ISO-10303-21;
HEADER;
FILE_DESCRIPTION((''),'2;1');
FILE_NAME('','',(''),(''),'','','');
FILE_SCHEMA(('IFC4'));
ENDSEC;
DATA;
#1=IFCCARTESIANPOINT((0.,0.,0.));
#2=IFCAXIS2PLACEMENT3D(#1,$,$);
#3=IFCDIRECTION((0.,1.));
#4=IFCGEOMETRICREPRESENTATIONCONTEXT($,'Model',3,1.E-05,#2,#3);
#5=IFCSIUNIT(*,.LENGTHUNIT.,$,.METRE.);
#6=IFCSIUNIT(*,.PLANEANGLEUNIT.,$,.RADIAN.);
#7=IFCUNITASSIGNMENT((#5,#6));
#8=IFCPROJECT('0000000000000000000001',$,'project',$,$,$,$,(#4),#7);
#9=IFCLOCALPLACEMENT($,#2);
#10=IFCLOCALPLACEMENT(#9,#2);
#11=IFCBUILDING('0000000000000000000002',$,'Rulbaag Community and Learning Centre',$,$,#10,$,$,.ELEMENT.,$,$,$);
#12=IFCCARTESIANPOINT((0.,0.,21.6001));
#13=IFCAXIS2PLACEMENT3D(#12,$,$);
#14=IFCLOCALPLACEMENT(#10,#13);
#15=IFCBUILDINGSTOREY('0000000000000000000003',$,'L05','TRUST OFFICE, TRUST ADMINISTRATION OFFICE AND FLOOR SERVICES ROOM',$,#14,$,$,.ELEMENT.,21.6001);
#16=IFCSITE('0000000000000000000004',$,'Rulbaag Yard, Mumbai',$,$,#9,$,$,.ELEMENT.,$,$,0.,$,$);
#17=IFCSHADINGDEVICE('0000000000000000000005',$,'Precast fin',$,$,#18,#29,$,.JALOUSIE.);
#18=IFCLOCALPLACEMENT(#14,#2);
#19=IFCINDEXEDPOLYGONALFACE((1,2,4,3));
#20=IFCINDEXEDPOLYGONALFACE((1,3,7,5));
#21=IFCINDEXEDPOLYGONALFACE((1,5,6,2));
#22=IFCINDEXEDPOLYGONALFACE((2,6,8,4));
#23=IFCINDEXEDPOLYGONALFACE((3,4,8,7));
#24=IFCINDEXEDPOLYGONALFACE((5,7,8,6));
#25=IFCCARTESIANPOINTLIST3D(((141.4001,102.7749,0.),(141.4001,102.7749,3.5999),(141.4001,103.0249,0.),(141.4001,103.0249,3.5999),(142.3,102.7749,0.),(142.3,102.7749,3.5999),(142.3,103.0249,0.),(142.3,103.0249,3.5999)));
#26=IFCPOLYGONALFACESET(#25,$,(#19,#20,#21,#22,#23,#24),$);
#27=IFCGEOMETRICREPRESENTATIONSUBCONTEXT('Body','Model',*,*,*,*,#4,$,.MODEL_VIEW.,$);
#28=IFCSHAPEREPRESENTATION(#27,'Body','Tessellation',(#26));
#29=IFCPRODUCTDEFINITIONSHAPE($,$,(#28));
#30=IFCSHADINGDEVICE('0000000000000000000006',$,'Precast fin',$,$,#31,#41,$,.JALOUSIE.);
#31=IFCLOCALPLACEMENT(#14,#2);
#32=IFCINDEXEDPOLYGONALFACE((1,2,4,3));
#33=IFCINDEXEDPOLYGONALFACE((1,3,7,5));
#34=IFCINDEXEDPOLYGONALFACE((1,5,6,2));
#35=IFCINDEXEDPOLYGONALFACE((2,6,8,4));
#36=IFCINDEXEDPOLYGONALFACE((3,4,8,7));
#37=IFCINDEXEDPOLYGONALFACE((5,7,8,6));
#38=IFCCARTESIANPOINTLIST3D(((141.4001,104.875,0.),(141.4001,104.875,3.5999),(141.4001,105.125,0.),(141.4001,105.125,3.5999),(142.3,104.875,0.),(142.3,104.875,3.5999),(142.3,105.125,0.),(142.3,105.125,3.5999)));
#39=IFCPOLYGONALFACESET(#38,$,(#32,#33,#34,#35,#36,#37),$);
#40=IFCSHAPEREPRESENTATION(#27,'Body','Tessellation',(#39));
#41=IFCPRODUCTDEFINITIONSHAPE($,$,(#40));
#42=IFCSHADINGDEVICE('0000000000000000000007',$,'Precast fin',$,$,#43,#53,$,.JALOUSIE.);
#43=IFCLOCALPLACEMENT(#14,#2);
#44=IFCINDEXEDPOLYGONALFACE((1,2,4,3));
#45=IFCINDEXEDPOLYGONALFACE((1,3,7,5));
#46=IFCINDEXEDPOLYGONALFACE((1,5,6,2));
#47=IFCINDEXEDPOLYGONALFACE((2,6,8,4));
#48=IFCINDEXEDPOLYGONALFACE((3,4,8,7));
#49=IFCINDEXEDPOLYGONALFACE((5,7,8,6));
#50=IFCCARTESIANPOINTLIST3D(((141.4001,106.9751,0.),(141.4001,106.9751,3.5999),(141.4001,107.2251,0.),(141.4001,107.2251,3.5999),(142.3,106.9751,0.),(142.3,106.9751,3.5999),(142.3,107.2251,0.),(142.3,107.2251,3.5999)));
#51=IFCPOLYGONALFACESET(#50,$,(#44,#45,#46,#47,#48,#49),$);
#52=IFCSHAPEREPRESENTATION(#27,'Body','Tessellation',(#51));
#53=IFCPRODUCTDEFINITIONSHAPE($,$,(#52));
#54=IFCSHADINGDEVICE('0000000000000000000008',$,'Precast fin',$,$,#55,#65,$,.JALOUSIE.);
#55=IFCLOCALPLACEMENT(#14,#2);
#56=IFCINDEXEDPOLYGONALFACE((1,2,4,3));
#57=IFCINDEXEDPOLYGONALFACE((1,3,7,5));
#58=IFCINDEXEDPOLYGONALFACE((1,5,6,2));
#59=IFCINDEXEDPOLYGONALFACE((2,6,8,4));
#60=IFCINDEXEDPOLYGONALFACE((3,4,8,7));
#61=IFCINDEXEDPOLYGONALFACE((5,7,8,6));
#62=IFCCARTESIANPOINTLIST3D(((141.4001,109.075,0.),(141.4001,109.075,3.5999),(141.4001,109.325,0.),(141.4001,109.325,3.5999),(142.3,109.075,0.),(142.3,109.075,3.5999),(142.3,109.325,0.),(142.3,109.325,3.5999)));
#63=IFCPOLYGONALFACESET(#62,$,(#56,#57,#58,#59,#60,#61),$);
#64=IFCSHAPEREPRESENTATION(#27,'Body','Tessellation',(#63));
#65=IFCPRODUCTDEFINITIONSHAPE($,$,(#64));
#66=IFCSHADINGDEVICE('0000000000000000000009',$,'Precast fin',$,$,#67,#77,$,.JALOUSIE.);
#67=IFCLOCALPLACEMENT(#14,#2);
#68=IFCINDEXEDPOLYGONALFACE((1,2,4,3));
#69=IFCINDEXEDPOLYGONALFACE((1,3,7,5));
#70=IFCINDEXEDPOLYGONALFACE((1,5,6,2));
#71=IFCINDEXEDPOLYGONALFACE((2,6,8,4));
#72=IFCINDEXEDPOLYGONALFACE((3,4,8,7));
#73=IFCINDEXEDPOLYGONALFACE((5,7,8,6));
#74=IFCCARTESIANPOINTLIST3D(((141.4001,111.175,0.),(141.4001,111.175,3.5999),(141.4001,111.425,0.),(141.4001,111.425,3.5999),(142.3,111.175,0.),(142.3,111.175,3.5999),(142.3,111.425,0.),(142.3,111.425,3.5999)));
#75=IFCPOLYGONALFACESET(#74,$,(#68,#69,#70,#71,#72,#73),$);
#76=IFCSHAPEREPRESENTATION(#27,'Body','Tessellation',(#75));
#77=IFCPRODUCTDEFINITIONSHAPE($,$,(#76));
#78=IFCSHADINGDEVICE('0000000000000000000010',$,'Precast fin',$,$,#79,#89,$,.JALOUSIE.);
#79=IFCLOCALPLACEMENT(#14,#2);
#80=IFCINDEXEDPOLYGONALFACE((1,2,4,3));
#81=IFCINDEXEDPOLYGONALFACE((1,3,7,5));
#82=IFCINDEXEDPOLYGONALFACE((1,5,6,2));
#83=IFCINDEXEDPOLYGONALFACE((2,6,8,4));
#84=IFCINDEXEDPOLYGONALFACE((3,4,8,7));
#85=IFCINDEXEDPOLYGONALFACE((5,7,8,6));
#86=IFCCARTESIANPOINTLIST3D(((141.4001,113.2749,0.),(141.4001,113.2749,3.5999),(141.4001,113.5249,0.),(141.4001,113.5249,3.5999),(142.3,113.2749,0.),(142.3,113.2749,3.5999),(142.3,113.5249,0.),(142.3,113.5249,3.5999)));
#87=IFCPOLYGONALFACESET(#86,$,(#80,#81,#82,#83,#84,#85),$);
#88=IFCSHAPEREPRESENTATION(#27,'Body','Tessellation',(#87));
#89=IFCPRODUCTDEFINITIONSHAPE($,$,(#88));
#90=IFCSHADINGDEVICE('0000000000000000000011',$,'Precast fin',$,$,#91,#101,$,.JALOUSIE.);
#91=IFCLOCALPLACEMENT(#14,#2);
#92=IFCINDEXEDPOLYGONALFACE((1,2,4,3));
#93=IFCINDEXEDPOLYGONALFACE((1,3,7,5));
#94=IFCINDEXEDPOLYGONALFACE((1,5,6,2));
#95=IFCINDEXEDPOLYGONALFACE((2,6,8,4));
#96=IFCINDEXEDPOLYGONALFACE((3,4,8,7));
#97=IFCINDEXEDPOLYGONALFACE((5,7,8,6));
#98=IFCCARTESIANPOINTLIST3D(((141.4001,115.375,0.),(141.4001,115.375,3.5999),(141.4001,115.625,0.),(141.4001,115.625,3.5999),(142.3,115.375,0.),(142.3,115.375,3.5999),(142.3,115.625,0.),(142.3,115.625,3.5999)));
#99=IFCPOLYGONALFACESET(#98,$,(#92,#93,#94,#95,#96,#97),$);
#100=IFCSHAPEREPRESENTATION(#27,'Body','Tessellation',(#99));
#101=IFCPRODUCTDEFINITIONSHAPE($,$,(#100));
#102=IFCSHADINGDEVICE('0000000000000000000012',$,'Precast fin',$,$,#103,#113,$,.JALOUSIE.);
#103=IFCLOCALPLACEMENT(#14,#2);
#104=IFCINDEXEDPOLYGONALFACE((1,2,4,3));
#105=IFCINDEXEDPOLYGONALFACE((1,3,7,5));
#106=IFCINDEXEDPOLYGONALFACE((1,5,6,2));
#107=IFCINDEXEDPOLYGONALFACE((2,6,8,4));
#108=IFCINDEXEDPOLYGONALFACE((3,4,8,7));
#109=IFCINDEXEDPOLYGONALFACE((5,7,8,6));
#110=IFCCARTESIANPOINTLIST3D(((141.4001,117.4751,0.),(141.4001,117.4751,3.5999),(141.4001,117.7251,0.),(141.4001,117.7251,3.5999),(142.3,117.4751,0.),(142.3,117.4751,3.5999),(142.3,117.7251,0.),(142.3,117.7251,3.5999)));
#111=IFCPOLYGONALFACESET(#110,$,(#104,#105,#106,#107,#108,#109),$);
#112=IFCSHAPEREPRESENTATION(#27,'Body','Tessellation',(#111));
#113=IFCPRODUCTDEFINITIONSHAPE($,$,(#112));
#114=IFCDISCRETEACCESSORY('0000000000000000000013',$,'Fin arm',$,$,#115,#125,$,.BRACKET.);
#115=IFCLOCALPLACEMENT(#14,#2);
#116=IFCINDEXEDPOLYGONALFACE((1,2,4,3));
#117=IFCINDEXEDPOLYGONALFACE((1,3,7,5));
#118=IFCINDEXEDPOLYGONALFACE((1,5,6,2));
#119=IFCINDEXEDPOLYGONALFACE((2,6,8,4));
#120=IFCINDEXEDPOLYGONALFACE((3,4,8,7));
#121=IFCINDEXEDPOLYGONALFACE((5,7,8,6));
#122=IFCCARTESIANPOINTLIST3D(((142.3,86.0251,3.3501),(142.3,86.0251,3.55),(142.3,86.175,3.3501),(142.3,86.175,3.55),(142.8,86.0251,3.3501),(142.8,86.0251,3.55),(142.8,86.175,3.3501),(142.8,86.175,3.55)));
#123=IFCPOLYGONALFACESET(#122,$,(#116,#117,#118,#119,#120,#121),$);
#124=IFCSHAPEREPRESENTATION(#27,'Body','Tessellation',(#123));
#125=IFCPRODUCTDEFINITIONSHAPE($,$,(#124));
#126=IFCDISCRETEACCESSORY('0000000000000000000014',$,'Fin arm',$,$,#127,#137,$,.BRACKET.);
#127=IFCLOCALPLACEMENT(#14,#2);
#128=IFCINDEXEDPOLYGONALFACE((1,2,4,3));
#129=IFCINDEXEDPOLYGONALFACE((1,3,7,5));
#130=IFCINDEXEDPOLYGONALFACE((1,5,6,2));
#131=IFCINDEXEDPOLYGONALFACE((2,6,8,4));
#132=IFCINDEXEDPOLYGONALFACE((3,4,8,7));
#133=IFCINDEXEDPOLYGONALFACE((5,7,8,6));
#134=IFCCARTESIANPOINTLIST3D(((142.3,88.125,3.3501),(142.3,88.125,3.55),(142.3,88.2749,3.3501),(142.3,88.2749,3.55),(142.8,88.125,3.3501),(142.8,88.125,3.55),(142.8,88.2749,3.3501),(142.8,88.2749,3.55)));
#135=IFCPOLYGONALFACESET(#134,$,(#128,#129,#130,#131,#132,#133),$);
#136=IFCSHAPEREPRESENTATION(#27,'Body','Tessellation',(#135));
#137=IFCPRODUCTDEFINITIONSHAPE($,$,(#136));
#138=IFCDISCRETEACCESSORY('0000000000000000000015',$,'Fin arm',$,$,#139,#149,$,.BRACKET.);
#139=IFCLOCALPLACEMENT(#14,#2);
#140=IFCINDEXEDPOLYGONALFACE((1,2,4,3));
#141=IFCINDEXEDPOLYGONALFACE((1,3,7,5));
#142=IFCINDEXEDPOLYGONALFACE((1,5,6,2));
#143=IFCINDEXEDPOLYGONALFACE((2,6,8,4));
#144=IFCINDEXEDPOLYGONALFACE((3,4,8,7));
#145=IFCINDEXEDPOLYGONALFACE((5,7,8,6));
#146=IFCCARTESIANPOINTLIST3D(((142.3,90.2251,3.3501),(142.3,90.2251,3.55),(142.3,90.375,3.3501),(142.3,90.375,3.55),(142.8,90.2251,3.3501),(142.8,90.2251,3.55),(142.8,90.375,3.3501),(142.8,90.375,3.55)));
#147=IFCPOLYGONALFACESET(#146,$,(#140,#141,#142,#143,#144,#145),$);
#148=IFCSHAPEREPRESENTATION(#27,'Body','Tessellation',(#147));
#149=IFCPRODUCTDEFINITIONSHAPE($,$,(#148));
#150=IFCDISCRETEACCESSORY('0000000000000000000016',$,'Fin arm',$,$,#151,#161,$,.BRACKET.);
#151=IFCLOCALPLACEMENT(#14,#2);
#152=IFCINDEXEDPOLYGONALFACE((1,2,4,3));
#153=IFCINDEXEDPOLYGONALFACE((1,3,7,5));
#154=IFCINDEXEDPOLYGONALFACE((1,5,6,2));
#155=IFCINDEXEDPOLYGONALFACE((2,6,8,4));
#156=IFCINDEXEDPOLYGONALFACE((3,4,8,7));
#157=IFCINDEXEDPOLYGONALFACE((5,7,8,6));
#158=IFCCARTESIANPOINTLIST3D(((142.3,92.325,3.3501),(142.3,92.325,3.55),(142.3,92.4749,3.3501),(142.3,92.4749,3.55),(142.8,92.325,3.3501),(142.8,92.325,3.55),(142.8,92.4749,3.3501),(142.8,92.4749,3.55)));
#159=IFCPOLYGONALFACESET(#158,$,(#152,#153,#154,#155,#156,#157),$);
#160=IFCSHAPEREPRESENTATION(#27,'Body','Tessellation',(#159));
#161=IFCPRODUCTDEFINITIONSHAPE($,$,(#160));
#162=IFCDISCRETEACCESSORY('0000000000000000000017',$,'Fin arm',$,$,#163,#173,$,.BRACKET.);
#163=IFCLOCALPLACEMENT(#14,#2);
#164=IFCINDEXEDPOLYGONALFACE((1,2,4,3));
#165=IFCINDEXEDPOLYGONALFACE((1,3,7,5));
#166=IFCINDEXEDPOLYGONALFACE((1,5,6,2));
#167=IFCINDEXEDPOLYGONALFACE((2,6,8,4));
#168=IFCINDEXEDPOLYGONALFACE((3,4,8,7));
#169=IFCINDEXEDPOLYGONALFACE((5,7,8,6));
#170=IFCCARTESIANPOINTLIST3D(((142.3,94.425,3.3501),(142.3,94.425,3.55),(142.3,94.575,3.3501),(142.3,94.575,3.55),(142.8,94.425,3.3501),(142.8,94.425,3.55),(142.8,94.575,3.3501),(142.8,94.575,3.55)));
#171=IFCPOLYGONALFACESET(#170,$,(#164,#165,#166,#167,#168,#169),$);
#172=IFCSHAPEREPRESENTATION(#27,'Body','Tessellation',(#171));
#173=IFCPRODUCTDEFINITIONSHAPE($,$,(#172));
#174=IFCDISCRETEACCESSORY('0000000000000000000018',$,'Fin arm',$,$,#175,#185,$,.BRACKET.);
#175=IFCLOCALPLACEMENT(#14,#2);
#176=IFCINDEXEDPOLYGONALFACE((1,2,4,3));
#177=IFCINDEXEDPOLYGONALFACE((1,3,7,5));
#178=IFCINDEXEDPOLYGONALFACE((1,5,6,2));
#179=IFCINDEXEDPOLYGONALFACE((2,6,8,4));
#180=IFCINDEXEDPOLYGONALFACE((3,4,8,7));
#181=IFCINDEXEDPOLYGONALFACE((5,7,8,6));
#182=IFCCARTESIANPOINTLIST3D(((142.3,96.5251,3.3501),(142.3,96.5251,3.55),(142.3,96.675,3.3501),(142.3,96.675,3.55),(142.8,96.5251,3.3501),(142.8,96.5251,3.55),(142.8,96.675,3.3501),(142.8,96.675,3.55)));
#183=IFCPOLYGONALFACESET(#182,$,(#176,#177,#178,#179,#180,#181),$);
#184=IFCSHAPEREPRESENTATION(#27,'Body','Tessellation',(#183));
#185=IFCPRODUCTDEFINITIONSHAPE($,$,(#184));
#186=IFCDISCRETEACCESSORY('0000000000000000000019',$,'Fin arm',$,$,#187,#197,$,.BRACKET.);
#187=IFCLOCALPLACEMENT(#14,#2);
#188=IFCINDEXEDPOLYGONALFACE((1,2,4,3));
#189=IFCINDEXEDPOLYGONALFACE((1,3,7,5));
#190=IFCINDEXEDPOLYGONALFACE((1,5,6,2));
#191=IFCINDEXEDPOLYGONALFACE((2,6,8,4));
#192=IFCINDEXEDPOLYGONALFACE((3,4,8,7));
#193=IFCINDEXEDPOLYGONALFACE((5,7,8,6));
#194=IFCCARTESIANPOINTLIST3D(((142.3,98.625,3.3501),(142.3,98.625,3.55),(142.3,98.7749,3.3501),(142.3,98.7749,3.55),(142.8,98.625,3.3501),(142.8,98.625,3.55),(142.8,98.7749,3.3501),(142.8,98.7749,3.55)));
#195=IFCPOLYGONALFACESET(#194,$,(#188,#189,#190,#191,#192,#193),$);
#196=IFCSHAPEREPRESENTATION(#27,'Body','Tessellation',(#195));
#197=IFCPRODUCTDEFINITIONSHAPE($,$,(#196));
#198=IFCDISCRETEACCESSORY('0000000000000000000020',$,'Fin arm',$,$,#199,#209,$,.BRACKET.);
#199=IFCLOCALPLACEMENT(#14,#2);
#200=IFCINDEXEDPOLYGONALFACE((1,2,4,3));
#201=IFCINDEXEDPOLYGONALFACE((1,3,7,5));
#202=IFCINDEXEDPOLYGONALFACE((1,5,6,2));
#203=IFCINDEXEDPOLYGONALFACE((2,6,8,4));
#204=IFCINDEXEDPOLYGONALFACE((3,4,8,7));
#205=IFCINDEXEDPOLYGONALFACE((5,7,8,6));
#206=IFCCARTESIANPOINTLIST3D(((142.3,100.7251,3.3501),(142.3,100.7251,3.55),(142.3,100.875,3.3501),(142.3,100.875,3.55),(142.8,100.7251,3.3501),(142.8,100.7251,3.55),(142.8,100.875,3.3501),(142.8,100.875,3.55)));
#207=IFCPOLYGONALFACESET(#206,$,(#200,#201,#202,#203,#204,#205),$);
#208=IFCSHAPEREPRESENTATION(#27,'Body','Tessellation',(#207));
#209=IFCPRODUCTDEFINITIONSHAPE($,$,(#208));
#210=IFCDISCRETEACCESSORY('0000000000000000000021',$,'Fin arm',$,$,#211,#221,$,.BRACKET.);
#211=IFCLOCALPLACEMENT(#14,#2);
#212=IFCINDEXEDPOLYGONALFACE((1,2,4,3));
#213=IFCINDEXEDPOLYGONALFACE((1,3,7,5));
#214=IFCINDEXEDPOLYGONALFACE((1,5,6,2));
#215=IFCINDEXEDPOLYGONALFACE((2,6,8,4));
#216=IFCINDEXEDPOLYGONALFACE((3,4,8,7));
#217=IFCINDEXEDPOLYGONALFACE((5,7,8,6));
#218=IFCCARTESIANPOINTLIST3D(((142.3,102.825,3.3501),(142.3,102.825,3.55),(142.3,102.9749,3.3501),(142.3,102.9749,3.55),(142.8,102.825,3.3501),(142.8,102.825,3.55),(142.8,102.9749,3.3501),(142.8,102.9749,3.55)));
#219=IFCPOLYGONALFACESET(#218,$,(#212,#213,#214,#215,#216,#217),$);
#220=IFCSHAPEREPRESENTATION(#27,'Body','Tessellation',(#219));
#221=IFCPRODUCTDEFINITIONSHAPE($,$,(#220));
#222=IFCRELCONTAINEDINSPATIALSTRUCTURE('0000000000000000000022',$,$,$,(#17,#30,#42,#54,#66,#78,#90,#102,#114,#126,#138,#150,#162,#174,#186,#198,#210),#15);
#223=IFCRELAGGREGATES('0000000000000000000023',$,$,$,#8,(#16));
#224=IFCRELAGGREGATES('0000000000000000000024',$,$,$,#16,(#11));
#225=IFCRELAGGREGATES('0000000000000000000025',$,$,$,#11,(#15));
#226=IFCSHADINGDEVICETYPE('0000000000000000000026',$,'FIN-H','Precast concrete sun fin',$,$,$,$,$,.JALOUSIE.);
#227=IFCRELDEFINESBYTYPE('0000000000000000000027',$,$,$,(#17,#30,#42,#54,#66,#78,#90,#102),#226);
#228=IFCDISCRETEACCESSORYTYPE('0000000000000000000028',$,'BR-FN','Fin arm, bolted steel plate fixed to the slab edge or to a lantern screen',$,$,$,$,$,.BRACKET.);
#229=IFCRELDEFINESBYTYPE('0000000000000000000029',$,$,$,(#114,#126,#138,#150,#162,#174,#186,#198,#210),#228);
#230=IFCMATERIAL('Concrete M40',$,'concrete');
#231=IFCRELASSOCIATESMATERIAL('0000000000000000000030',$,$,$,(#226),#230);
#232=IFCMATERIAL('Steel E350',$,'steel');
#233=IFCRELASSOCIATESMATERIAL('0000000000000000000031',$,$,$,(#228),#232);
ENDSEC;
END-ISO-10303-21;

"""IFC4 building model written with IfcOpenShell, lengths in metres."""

from ifc_helpers import new_model, si_unit, direction, frame, origin, origin_2d, place, context, subcontext, project, spatial, rectangle, extrude, material, material_profile, profile_set, type_object, element, save


model = new_model("IFC4")

# Units and contexts
model_context = context("Model", 3, precision=1e-05, world=origin(), true_north=direction((0.0, 1.0)))
body_context = subcontext(model_context, "Body", "Model", "MODEL_VIEW")
ifc_project = project(units=[si_unit("LENGTHUNIT", "METRE"), si_unit("PLANEANGLEUNIT", "RADIAN")], contexts=[model_context])

# Site, building, storey
site_placement = place(None, origin())
site = spatial("IfcSite", under=ifc_project, at=site_placement, Name="Rulbaag Yard, Mumbai", CompositionType="ELEMENT", RefElevation=0.0)
building_placement = place(site_placement, origin())
building = spatial("IfcBuilding", under=site, at=building_placement, Name="Rulbaag Community and Learning Centre", CompositionType="ELEMENT")
storey_placement = place(building_placement, frame((0.0, 0.0, 21.6001)))
storey = spatial("IfcBuildingStorey", under=building, at=storey_placement, Name="L05", Description="TRUST OFFICE, TRUST ADMINISTRATION OFFICE AND FLOOR SERVICES ROOM", CompositionType="ELEMENT", Elevation=21.6001)

# Shared definitions
ifc_material_1 = material(Name="Concrete M40", Category="concrete")

# Shading devices
ifc_material_profile = material_profile(ifc_material_1, rectangle(XDim=0.25, YDim=0.8999, at=origin_2d()), Name="PC 250x900")
ifc_profile_set = profile_set([ifc_material_profile], Name="Concrete M40")
shading_device_type = type_object("IfcShadingDeviceType", Name="FIN-H", Description="Precast concrete sun fin", PredefinedType="JALOUSIE", material=ifc_profile_set)
for number, where, z_axis, x_axis, name in (
    (1, (141.8501, 102.8999, 0.0), (0.0, 0.0, 1.0), (0.0, 1.0, 0.0), "Precast fin"),
    (2, (141.8501, 105.0, 0.0), (0.0, 0.0, 1.0), (0.0, 1.0, 0.0), "Precast fin"),
    (3, (141.8501, 107.1001, 0.0), (0.0, 0.0, 1.0), (0.0, 1.0, 0.0), "Precast fin"),
    (4, (141.8501, 109.2, 0.0), (0.0, 0.0, 1.0), (0.0, 1.0, 0.0), "Precast fin"),
    (5, (141.8501, 111.3, 0.0), (0.0, 0.0, 1.0), (0.0, 1.0, 0.0), "Precast fin"),
    (6, (141.8501, 113.3999, 0.0), (0.0, 0.0, 1.0), (0.0, 1.0, 0.0), "Precast fin"),
    (7, (141.8501, 115.5, 0.0), (0.0, 0.0, 1.0), (0.0, 1.0, 0.0), "Precast fin"),
    (8, (141.8501, 117.6001, 0.0), (0.0, 0.0, 1.0), (0.0, 1.0, 0.0), "Precast fin"),
):
    element("IfcShadingDevice", number, at=place(storey_placement, frame(where, z_axis=z_axis, x_axis=x_axis)), inside=storey, type_object=shading_device_type, Name=name, PredefinedType="JALOUSIE", context=body_context, shape_type="SweptSolid", body=[
        extrude(rectangle(XDim=0.25, YDim=0.8999, at=origin_2d()), origin(), (0.0, 0.0, 1.0), 3.5999),
    ])

# Discrete accessories
ifc_material_2 = material(Name="Steel E350", Category="steel")
discrete_accessory_type = type_object("IfcDiscreteAccessoryType", Name="BR-FN", Description="Fin arm, bolted steel plate fixed to the slab edge or to a lantern screen", PredefinedType="BRACKET", material=ifc_material_2)
for number, where, z_axis, x_axis, name in (
    (9, (142.55, 86.1001, 3.3501), (0.0, 0.0, 1.0), (1.0, 0.0, 0.0), "Fin arm"),
    (10, (142.55, 88.2, 3.3501), (0.0, 0.0, 1.0), (1.0, 0.0, 0.0), "Fin arm"),
    (11, (142.55, 90.3, 3.3501), (0.0, 0.0, 1.0), (1.0, 0.0, 0.0), "Fin arm"),
    (12, (142.55, 92.3999, 3.3501), (0.0, 0.0, 1.0), (1.0, 0.0, 0.0), "Fin arm"),
    (13, (142.55, 94.5, 3.3501), (0.0, 0.0, 1.0), (1.0, 0.0, 0.0), "Fin arm"),
    (14, (142.55, 96.6001, 3.3501), (0.0, 0.0, 1.0), (1.0, 0.0, 0.0), "Fin arm"),
    (15, (142.55, 98.7, 3.3501), (0.0, 0.0, 1.0), (1.0, 0.0, 0.0), "Fin arm"),
    (16, (142.55, 100.8, 3.3501), (0.0, 0.0, 1.0), (1.0, 0.0, 0.0), "Fin arm"),
    (17, (142.55, 102.8999, 3.3501), (0.0, 0.0, 1.0), (1.0, 0.0, 0.0), "Fin arm"),
):
    element("IfcDiscreteAccessory", number, at=place(storey_placement, frame(where, z_axis=z_axis, x_axis=x_axis)), inside=storey, type_object=discrete_accessory_type, Name=name, PredefinedType="BRACKET", context=body_context, shape_type="SweptSolid", body=[
        extrude(rectangle(XDim=0.5, YDim=0.1499, at=origin_2d()), origin(), (0.0, 0.0, 1.0), 0.2),
    ])

save(model, "model.ifc")
